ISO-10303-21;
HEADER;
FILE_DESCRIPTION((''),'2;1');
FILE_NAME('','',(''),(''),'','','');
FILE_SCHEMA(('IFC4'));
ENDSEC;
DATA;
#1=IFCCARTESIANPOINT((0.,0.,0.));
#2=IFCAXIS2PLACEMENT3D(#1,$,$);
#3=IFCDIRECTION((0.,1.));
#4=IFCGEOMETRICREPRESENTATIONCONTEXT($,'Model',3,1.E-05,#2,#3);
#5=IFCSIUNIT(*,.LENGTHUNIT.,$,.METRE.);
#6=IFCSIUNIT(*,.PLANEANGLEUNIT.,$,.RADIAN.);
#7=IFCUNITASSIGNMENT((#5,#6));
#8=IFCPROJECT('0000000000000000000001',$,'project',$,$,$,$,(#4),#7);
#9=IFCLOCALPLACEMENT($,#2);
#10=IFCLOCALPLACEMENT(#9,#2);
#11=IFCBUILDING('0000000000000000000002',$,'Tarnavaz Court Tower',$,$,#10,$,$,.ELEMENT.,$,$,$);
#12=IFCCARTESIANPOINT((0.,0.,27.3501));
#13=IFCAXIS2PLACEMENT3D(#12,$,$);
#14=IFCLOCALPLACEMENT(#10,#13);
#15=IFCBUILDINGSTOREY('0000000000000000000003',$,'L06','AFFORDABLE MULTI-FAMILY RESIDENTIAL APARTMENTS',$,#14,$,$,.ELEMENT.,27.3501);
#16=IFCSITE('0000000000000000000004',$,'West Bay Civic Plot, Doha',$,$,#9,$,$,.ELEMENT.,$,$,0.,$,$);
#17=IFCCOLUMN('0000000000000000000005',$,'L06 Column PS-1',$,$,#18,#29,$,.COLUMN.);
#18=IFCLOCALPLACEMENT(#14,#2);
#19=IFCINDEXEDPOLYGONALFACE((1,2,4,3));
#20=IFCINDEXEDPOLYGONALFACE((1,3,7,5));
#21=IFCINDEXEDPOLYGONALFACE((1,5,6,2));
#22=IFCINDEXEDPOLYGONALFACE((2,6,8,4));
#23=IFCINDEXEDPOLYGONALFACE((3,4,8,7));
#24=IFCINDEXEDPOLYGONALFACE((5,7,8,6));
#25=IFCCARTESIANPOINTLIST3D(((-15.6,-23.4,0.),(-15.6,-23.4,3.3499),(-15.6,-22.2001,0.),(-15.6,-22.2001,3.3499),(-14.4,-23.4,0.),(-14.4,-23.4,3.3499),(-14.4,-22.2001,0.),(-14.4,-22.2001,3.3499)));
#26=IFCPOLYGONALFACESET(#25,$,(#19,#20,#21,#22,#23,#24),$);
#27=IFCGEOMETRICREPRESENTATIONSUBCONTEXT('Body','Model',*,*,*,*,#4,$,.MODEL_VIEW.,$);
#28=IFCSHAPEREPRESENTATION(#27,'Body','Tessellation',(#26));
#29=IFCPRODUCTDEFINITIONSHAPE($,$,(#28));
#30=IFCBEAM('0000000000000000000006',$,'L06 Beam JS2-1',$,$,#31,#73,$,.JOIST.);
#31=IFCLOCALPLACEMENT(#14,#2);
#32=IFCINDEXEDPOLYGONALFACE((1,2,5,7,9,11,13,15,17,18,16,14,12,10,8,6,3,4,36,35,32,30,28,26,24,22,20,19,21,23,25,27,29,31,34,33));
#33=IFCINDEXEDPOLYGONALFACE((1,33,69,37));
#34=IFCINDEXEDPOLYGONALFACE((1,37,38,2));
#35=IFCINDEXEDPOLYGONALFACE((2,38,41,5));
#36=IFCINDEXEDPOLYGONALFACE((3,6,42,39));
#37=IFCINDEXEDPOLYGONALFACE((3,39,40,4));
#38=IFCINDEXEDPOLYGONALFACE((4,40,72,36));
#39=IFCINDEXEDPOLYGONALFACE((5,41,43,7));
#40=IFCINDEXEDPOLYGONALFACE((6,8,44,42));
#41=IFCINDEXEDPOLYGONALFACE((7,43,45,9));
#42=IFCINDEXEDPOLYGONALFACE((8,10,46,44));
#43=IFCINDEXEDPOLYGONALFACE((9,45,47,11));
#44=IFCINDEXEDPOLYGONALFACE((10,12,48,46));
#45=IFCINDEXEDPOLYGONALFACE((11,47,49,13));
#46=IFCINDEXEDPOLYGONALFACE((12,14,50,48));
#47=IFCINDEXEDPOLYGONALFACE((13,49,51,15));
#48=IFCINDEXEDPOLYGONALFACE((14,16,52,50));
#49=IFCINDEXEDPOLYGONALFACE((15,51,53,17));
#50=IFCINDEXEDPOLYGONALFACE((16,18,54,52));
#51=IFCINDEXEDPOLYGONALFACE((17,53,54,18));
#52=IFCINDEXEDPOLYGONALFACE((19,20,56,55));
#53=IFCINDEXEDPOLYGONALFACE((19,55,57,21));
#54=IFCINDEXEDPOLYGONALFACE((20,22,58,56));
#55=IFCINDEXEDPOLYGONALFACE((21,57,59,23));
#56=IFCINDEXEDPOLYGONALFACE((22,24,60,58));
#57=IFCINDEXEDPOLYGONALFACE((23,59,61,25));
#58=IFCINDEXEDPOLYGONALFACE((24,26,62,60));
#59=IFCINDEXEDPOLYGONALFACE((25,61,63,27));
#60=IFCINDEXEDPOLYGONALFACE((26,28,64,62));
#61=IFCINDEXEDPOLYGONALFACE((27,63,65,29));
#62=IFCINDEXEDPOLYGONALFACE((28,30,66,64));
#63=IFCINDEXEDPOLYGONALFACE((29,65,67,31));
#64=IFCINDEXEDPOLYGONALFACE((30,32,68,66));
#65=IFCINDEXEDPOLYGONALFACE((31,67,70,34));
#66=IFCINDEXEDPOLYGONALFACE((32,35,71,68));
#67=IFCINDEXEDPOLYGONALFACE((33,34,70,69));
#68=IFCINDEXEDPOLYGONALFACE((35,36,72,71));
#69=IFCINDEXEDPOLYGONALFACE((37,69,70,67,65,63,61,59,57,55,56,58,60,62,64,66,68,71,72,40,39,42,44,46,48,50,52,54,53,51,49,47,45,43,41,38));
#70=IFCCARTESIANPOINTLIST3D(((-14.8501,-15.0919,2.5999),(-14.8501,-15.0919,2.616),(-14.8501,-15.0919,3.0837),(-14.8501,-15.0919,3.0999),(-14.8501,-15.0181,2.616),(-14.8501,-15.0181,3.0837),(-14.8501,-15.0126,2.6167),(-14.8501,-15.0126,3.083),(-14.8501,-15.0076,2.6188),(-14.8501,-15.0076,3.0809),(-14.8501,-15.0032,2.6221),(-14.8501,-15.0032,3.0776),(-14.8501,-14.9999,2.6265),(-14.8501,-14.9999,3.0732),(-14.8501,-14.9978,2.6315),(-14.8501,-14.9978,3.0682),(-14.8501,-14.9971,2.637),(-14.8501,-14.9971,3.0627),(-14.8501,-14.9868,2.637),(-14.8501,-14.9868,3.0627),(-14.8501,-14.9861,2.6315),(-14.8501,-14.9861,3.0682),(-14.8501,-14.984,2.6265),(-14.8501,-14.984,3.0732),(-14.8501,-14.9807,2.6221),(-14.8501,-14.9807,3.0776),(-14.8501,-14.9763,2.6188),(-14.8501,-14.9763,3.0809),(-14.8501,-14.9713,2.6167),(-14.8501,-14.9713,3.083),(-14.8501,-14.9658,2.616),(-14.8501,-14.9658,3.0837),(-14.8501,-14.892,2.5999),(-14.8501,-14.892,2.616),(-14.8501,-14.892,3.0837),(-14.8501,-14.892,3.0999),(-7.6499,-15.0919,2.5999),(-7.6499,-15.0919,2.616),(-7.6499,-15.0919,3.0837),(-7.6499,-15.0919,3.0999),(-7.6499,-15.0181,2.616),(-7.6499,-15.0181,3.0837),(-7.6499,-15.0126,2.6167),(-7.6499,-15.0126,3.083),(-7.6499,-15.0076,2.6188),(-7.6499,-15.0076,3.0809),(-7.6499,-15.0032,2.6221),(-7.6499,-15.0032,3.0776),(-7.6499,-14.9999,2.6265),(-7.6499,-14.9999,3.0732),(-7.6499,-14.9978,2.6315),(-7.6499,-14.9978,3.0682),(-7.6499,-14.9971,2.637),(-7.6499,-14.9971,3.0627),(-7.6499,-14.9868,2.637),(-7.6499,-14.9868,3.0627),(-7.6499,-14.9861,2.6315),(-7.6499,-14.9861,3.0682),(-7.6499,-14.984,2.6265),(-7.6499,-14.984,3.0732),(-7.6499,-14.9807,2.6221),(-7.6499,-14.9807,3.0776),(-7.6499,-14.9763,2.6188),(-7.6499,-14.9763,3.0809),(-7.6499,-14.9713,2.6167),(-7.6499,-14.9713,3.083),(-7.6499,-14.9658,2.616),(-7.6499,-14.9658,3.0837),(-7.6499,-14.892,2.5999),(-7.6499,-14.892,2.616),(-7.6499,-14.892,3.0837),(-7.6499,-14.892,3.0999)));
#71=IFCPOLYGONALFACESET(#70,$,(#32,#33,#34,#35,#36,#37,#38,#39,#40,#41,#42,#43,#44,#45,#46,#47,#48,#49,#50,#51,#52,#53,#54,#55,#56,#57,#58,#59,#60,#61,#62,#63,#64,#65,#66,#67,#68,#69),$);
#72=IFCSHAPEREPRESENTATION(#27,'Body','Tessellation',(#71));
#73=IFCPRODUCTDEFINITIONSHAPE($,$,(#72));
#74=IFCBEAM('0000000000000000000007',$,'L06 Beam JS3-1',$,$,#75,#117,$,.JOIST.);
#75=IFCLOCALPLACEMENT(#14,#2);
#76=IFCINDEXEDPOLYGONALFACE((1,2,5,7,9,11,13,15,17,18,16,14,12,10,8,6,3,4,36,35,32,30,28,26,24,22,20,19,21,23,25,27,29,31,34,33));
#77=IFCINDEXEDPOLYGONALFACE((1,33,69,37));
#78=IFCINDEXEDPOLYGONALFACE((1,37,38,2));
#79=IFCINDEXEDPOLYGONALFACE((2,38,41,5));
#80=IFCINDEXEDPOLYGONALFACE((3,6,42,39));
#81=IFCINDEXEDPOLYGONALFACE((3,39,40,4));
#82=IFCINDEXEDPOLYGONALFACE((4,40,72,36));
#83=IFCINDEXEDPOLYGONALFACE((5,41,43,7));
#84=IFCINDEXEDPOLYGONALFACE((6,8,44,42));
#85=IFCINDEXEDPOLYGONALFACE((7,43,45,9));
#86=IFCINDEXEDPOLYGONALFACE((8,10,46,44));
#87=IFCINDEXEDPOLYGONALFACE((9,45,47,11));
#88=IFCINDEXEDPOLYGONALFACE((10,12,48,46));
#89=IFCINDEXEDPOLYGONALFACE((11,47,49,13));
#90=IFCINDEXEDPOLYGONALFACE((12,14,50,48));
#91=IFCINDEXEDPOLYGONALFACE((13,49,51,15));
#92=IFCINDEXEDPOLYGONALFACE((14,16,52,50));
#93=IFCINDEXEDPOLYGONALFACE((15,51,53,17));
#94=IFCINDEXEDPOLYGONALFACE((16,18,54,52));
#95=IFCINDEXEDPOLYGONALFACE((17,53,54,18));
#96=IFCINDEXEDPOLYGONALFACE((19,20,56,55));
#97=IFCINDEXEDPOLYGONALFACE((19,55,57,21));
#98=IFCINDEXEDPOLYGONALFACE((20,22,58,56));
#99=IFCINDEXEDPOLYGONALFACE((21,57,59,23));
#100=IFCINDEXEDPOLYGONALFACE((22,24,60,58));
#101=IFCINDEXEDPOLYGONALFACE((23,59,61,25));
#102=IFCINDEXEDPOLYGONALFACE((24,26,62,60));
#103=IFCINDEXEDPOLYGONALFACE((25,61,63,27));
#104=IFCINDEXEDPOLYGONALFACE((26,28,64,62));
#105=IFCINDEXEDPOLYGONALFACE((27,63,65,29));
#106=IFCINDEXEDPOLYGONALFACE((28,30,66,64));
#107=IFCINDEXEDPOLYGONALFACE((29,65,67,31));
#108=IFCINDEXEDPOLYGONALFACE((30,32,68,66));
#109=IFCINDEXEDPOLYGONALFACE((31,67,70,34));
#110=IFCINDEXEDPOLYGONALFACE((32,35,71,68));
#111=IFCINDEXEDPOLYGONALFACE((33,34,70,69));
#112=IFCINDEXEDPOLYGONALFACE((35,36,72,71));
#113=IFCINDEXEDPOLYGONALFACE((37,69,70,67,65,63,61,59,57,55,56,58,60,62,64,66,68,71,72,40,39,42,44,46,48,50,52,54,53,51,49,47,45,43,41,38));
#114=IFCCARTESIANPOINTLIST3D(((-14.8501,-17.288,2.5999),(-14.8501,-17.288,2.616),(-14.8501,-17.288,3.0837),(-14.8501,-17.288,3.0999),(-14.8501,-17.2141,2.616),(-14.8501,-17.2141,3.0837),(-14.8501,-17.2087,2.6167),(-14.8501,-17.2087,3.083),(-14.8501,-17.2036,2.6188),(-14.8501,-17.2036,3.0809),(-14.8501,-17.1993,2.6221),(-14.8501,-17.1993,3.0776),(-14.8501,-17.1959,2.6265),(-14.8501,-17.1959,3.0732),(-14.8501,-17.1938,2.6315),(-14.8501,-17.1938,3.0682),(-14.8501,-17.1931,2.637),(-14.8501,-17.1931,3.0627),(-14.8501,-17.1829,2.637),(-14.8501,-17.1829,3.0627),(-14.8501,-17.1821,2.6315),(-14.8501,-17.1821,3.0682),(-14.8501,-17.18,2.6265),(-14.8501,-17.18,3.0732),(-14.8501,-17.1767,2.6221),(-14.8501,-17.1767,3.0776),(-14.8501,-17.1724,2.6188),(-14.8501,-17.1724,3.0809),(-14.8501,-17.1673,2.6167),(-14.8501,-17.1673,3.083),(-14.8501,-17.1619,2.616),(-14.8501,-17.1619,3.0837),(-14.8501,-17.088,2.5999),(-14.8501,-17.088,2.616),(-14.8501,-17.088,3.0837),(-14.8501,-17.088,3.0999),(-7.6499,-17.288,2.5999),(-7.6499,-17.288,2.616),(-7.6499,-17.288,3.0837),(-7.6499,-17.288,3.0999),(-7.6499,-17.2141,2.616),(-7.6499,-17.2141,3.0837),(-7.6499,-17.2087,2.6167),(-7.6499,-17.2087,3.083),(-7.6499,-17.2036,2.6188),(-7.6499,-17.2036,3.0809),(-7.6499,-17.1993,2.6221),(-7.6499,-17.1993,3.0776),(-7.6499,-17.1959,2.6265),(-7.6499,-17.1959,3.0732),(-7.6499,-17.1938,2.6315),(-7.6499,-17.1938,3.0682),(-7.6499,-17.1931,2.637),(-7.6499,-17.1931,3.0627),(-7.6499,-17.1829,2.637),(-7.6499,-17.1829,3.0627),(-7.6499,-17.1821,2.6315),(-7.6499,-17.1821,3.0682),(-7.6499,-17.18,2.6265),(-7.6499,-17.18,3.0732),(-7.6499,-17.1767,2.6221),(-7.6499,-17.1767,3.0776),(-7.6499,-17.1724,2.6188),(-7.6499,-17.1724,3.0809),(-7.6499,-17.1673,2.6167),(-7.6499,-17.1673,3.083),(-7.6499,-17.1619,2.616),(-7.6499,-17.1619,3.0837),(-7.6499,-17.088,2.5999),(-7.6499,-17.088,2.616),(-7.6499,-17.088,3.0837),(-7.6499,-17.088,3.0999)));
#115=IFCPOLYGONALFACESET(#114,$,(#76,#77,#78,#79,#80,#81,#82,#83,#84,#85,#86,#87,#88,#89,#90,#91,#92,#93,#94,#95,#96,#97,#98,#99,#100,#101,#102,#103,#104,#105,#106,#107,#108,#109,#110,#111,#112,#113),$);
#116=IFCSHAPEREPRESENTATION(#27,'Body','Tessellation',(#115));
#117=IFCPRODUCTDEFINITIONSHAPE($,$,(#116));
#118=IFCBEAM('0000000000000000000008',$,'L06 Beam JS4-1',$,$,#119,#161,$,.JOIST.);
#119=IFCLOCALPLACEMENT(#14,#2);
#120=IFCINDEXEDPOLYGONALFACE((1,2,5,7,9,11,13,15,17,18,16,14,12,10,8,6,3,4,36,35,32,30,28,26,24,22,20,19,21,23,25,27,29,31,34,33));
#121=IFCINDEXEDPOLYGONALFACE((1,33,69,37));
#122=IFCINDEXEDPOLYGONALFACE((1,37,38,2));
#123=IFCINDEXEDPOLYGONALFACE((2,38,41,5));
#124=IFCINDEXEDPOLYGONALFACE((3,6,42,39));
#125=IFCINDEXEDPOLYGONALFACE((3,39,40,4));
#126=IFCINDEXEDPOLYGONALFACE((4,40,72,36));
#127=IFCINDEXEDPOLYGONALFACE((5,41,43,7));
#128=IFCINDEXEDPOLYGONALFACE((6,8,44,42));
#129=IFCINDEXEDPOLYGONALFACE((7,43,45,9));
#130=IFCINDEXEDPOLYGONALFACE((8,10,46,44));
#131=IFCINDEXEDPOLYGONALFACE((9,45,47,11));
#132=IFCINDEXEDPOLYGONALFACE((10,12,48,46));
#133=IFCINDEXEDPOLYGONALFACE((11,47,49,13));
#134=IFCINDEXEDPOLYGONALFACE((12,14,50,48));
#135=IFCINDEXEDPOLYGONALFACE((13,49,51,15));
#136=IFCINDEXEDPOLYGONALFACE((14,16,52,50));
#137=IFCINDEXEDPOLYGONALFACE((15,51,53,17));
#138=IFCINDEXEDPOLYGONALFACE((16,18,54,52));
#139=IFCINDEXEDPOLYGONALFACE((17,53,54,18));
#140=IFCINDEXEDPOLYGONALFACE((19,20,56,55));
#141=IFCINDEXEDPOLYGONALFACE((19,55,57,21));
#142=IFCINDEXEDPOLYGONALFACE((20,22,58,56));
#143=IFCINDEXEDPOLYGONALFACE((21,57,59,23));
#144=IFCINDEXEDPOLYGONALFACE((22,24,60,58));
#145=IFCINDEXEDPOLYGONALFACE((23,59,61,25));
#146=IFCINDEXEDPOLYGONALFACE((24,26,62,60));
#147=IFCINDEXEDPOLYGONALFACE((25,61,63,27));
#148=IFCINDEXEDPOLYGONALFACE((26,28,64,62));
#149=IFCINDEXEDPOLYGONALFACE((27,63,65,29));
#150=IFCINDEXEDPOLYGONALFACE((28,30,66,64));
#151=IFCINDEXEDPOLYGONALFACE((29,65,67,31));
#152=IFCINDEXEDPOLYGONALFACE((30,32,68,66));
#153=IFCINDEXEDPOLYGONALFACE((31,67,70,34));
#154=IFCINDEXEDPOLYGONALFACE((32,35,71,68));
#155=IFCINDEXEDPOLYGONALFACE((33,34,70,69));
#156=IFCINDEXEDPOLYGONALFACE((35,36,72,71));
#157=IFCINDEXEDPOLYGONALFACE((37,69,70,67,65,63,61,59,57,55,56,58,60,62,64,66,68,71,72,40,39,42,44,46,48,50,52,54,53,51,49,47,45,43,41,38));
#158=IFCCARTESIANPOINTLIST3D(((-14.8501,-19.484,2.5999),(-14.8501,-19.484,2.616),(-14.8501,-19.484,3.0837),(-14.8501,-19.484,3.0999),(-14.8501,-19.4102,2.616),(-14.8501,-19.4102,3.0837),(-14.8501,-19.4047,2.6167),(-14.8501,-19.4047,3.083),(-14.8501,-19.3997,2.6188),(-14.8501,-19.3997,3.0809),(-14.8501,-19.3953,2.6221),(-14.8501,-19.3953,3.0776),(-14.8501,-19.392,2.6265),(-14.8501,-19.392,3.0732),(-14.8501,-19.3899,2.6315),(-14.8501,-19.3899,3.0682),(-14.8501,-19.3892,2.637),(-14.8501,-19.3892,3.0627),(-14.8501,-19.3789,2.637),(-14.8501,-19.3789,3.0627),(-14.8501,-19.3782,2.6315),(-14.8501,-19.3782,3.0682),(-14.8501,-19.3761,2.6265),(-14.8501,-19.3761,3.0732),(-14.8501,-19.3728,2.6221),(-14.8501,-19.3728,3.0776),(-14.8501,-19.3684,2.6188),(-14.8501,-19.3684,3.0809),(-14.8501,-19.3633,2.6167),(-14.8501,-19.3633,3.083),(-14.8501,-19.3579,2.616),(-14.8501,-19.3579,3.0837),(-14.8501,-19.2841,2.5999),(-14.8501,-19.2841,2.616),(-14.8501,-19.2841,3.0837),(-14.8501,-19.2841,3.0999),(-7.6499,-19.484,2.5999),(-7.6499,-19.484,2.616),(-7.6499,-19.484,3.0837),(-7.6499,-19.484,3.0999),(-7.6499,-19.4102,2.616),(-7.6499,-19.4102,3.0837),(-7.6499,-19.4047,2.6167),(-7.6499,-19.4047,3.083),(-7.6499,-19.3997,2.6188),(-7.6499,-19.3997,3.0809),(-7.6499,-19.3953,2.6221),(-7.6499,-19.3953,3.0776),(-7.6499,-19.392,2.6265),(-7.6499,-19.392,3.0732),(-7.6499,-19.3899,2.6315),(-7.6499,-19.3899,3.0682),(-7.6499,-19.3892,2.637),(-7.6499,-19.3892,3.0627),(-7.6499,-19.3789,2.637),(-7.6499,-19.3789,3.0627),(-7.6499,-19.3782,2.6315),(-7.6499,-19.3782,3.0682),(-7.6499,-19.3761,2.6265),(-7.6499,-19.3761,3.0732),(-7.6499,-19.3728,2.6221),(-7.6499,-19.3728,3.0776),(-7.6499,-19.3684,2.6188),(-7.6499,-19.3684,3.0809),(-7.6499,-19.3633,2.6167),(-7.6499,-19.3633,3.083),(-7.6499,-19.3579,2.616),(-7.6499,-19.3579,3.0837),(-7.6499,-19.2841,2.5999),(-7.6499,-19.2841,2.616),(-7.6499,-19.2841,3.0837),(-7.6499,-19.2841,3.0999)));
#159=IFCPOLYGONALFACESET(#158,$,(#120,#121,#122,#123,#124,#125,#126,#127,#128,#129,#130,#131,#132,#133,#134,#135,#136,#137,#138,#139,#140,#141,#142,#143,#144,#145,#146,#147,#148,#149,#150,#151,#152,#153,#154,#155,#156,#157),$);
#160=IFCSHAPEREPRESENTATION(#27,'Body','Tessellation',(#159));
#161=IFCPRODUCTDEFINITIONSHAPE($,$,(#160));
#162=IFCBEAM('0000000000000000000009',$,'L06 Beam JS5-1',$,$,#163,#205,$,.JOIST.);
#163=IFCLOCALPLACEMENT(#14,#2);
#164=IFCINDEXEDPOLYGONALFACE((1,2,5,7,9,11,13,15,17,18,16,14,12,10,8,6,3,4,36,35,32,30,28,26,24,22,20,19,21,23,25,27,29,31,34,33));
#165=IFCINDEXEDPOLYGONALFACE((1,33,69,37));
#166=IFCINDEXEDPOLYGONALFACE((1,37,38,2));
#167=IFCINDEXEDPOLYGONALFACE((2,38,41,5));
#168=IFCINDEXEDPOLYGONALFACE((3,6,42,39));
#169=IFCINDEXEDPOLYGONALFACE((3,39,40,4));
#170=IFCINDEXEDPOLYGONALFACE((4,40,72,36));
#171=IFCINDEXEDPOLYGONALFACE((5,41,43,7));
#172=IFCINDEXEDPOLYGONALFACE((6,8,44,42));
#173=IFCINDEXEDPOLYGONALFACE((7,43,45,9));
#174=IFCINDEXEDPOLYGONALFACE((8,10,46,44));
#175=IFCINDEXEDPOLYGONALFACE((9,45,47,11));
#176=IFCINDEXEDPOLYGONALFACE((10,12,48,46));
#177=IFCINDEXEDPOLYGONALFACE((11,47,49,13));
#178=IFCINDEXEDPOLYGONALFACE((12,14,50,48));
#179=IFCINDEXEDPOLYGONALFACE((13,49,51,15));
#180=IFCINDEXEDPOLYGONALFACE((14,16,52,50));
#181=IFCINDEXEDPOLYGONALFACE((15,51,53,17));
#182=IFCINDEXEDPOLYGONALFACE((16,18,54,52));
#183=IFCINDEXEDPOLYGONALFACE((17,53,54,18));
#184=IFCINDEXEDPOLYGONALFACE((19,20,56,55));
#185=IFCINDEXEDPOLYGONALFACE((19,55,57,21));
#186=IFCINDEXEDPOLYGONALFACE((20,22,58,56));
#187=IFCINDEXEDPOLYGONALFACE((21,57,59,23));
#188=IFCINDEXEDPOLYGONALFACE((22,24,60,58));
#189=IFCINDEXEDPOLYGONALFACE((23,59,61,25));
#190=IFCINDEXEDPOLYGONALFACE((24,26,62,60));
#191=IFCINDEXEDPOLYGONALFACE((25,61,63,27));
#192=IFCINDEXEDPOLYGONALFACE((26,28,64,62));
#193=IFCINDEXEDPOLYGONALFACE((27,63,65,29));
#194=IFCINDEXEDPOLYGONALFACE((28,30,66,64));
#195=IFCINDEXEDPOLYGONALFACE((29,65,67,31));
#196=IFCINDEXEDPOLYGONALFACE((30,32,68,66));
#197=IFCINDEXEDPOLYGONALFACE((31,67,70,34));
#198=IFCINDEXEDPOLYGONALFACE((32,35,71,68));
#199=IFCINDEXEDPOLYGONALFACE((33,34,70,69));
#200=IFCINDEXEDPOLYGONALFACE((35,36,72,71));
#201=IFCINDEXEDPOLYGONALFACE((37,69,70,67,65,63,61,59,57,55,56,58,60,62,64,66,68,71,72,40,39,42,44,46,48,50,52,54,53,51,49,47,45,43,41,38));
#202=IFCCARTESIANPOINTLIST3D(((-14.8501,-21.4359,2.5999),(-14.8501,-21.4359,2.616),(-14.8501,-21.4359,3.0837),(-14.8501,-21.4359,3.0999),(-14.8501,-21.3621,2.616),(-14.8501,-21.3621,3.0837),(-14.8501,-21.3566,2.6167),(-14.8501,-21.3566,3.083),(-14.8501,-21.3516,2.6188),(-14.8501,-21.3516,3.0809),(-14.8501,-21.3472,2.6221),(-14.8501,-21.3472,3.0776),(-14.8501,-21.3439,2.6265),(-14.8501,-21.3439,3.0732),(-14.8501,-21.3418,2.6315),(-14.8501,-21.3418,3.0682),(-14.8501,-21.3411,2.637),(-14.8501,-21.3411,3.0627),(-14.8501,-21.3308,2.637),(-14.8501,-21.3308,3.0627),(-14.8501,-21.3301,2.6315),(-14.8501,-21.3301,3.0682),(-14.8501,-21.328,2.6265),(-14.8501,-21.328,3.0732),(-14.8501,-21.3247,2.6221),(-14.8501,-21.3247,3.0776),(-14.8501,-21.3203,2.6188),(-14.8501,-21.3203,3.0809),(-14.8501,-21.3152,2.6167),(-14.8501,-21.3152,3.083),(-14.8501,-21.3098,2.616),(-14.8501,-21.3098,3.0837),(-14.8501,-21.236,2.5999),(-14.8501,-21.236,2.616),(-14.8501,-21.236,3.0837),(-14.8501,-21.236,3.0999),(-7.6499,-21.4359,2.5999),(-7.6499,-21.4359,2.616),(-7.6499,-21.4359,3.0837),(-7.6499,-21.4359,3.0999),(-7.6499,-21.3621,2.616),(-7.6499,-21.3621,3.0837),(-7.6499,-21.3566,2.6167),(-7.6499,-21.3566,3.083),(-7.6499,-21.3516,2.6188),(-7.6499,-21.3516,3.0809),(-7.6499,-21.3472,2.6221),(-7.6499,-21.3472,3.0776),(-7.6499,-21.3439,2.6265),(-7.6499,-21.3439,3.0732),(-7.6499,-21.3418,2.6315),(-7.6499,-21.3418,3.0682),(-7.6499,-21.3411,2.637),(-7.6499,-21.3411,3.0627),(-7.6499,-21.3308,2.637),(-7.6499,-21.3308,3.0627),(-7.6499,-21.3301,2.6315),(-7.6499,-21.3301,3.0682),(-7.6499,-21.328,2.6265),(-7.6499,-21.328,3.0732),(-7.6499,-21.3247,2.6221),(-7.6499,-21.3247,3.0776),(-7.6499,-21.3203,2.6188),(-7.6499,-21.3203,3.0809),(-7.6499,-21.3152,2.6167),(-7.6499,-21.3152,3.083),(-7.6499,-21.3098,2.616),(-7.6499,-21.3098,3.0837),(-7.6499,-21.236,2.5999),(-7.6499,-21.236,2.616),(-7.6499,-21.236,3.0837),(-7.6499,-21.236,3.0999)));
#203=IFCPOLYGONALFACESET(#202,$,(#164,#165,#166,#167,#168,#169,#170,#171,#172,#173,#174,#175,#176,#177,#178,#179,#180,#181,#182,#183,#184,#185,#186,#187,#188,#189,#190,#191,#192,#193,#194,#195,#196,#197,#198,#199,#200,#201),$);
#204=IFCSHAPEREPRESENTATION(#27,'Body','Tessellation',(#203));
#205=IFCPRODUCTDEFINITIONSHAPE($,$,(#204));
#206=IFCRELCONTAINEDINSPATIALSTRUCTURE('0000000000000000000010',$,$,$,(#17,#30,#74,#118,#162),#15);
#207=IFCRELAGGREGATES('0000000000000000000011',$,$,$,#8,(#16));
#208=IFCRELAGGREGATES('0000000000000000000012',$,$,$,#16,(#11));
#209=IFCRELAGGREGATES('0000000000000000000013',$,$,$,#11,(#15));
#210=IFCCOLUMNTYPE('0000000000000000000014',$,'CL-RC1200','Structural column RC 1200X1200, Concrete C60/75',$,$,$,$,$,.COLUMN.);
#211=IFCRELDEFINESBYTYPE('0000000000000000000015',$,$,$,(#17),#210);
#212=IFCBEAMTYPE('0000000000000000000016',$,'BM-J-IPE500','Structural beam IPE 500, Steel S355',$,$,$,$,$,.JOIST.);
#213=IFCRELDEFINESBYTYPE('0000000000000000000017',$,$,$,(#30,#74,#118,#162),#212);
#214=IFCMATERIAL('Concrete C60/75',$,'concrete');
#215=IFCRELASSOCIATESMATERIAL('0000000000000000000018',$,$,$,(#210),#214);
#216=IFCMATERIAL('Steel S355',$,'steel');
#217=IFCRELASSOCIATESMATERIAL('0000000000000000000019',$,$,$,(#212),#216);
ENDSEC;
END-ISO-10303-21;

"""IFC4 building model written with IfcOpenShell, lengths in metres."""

from ifc_helpers import new_model, si_unit, direction, frame, origin, origin_2d, place, context, subcontext, project, spatial, rectangle, i_section, extrude, material, material_profile, profile_set, type_object, element, save


model = new_model("IFC4")

# Units and contexts
model_context = context("Model", 3, precision=1e-05, world=origin(), true_north=direction((0.0, 1.0)))
body_context = subcontext(model_context, "Body", "Model", "MODEL_VIEW")
ifc_project = project(units=[si_unit("LENGTHUNIT", "METRE"), si_unit("PLANEANGLEUNIT", "RADIAN")], contexts=[model_context])

# Site, building, storey
site_placement = place(None, origin())
site = spatial("IfcSite", under=ifc_project, at=site_placement, Name="West Bay Civic Plot, Doha", CompositionType="ELEMENT", RefElevation=0.0)
building_placement = place(site_placement, origin())
building = spatial("IfcBuilding", under=site, at=building_placement, Name="Tarnavaz Court Tower", CompositionType="ELEMENT")
storey_placement = place(building_placement, frame((0.0, 0.0, 27.3501)))
storey = spatial("IfcBuildingStorey", under=building, at=storey_placement, Name="L06", Description="AFFORDABLE MULTI-FAMILY RESIDENTIAL APARTMENTS", CompositionType="ELEMENT", Elevation=27.3501)

# Column
ifc_material_1 = material(Name="Concrete C60/75", Category="concrete")
ifc_material_profile_1 = material_profile(ifc_material_1, rectangle(XDim=1.2, YDim=1.2, at=origin_2d()), Name="RC 1200X1200")
ifc_profile_set_1 = profile_set([ifc_material_profile_1], Name="Concrete C60/75")
column_type = type_object("IfcColumnType", Name="CL-RC1200", Description="Structural column RC 1200X1200, Concrete C60/75", PredefinedType="COLUMN", material=ifc_profile_set_1)
column_placement = place(storey_placement, frame((-15.0, -22.8, 0.0), z_axis=(0.0, 0.0, 1.0), x_axis=(1.0, 0.0, 0.0)))
element("IfcColumn", 1, at=column_placement, inside=storey, type_object=column_type, Name="L06 Column PS-1", PredefinedType="COLUMN", context=body_context, shape_type="SweptSolid", body=[
    extrude(rectangle(XDim=1.2, YDim=1.2, at=origin_2d()), origin(), (0.0, 0.0, 1.0), 3.3499),
])

# Beams
ifc_material_2 = material(Name="Steel S355", Category="steel")
ifc_material_profile_2 = material_profile(ifc_material_2, i_section(OverallWidth=0.2, OverallDepth=0.5, WebThickness=0.0103, FlangeThickness=0.0161, FilletRadius=0.021, at=origin_2d()), Name="IPE 500")
ifc_profile_set_2 = profile_set([ifc_material_profile_2], Name="Steel S355")
beam_type_1 = type_object("IfcBeamType", Name="BM-J-IPE500", Description="Structural beam IPE 500, Steel S355", PredefinedType="JOIST", material=ifc_profile_set_2)
for number, where, z_axis, x_axis, name in (
    (2, (-14.8501, -14.9919, 2.8499), (1.0, 0.0, 0.0), (0.0, 1.0, 0.0), "L06 Beam JS2-1"),
    (3, (-14.8501, -17.188, 2.8499), (1.0, 0.0, 0.0), (0.0, 1.0, 0.0), "L06 Beam JS3-1"),
    (4, (-14.8501, -19.384, 2.8499), (1.0, 0.0, 0.0), (0.0, 1.0, 0.0), "L06 Beam JS4-1"),
    (5, (-14.8501, -21.3359, 2.8499), (1.0, 0.0, 0.0), (0.0, 1.0, 0.0), "L06 Beam JS5-1"),
):
    element("IfcBeam", number, at=place(storey_placement, frame(where, z_axis=z_axis, x_axis=x_axis)), inside=storey, type_object=beam_type_1, Name=name, PredefinedType="JOIST", context=body_context, shape_type="SweptSolid", body=[
        extrude(i_section(OverallWidth=0.2, OverallDepth=0.5, WebThickness=0.0103, FlangeThickness=0.0161, FilletRadius=0.021, at=origin_2d()), origin(), (0.0, 0.0, 1.0), 7.2002),
    ])

save(model, "model.ifc")
